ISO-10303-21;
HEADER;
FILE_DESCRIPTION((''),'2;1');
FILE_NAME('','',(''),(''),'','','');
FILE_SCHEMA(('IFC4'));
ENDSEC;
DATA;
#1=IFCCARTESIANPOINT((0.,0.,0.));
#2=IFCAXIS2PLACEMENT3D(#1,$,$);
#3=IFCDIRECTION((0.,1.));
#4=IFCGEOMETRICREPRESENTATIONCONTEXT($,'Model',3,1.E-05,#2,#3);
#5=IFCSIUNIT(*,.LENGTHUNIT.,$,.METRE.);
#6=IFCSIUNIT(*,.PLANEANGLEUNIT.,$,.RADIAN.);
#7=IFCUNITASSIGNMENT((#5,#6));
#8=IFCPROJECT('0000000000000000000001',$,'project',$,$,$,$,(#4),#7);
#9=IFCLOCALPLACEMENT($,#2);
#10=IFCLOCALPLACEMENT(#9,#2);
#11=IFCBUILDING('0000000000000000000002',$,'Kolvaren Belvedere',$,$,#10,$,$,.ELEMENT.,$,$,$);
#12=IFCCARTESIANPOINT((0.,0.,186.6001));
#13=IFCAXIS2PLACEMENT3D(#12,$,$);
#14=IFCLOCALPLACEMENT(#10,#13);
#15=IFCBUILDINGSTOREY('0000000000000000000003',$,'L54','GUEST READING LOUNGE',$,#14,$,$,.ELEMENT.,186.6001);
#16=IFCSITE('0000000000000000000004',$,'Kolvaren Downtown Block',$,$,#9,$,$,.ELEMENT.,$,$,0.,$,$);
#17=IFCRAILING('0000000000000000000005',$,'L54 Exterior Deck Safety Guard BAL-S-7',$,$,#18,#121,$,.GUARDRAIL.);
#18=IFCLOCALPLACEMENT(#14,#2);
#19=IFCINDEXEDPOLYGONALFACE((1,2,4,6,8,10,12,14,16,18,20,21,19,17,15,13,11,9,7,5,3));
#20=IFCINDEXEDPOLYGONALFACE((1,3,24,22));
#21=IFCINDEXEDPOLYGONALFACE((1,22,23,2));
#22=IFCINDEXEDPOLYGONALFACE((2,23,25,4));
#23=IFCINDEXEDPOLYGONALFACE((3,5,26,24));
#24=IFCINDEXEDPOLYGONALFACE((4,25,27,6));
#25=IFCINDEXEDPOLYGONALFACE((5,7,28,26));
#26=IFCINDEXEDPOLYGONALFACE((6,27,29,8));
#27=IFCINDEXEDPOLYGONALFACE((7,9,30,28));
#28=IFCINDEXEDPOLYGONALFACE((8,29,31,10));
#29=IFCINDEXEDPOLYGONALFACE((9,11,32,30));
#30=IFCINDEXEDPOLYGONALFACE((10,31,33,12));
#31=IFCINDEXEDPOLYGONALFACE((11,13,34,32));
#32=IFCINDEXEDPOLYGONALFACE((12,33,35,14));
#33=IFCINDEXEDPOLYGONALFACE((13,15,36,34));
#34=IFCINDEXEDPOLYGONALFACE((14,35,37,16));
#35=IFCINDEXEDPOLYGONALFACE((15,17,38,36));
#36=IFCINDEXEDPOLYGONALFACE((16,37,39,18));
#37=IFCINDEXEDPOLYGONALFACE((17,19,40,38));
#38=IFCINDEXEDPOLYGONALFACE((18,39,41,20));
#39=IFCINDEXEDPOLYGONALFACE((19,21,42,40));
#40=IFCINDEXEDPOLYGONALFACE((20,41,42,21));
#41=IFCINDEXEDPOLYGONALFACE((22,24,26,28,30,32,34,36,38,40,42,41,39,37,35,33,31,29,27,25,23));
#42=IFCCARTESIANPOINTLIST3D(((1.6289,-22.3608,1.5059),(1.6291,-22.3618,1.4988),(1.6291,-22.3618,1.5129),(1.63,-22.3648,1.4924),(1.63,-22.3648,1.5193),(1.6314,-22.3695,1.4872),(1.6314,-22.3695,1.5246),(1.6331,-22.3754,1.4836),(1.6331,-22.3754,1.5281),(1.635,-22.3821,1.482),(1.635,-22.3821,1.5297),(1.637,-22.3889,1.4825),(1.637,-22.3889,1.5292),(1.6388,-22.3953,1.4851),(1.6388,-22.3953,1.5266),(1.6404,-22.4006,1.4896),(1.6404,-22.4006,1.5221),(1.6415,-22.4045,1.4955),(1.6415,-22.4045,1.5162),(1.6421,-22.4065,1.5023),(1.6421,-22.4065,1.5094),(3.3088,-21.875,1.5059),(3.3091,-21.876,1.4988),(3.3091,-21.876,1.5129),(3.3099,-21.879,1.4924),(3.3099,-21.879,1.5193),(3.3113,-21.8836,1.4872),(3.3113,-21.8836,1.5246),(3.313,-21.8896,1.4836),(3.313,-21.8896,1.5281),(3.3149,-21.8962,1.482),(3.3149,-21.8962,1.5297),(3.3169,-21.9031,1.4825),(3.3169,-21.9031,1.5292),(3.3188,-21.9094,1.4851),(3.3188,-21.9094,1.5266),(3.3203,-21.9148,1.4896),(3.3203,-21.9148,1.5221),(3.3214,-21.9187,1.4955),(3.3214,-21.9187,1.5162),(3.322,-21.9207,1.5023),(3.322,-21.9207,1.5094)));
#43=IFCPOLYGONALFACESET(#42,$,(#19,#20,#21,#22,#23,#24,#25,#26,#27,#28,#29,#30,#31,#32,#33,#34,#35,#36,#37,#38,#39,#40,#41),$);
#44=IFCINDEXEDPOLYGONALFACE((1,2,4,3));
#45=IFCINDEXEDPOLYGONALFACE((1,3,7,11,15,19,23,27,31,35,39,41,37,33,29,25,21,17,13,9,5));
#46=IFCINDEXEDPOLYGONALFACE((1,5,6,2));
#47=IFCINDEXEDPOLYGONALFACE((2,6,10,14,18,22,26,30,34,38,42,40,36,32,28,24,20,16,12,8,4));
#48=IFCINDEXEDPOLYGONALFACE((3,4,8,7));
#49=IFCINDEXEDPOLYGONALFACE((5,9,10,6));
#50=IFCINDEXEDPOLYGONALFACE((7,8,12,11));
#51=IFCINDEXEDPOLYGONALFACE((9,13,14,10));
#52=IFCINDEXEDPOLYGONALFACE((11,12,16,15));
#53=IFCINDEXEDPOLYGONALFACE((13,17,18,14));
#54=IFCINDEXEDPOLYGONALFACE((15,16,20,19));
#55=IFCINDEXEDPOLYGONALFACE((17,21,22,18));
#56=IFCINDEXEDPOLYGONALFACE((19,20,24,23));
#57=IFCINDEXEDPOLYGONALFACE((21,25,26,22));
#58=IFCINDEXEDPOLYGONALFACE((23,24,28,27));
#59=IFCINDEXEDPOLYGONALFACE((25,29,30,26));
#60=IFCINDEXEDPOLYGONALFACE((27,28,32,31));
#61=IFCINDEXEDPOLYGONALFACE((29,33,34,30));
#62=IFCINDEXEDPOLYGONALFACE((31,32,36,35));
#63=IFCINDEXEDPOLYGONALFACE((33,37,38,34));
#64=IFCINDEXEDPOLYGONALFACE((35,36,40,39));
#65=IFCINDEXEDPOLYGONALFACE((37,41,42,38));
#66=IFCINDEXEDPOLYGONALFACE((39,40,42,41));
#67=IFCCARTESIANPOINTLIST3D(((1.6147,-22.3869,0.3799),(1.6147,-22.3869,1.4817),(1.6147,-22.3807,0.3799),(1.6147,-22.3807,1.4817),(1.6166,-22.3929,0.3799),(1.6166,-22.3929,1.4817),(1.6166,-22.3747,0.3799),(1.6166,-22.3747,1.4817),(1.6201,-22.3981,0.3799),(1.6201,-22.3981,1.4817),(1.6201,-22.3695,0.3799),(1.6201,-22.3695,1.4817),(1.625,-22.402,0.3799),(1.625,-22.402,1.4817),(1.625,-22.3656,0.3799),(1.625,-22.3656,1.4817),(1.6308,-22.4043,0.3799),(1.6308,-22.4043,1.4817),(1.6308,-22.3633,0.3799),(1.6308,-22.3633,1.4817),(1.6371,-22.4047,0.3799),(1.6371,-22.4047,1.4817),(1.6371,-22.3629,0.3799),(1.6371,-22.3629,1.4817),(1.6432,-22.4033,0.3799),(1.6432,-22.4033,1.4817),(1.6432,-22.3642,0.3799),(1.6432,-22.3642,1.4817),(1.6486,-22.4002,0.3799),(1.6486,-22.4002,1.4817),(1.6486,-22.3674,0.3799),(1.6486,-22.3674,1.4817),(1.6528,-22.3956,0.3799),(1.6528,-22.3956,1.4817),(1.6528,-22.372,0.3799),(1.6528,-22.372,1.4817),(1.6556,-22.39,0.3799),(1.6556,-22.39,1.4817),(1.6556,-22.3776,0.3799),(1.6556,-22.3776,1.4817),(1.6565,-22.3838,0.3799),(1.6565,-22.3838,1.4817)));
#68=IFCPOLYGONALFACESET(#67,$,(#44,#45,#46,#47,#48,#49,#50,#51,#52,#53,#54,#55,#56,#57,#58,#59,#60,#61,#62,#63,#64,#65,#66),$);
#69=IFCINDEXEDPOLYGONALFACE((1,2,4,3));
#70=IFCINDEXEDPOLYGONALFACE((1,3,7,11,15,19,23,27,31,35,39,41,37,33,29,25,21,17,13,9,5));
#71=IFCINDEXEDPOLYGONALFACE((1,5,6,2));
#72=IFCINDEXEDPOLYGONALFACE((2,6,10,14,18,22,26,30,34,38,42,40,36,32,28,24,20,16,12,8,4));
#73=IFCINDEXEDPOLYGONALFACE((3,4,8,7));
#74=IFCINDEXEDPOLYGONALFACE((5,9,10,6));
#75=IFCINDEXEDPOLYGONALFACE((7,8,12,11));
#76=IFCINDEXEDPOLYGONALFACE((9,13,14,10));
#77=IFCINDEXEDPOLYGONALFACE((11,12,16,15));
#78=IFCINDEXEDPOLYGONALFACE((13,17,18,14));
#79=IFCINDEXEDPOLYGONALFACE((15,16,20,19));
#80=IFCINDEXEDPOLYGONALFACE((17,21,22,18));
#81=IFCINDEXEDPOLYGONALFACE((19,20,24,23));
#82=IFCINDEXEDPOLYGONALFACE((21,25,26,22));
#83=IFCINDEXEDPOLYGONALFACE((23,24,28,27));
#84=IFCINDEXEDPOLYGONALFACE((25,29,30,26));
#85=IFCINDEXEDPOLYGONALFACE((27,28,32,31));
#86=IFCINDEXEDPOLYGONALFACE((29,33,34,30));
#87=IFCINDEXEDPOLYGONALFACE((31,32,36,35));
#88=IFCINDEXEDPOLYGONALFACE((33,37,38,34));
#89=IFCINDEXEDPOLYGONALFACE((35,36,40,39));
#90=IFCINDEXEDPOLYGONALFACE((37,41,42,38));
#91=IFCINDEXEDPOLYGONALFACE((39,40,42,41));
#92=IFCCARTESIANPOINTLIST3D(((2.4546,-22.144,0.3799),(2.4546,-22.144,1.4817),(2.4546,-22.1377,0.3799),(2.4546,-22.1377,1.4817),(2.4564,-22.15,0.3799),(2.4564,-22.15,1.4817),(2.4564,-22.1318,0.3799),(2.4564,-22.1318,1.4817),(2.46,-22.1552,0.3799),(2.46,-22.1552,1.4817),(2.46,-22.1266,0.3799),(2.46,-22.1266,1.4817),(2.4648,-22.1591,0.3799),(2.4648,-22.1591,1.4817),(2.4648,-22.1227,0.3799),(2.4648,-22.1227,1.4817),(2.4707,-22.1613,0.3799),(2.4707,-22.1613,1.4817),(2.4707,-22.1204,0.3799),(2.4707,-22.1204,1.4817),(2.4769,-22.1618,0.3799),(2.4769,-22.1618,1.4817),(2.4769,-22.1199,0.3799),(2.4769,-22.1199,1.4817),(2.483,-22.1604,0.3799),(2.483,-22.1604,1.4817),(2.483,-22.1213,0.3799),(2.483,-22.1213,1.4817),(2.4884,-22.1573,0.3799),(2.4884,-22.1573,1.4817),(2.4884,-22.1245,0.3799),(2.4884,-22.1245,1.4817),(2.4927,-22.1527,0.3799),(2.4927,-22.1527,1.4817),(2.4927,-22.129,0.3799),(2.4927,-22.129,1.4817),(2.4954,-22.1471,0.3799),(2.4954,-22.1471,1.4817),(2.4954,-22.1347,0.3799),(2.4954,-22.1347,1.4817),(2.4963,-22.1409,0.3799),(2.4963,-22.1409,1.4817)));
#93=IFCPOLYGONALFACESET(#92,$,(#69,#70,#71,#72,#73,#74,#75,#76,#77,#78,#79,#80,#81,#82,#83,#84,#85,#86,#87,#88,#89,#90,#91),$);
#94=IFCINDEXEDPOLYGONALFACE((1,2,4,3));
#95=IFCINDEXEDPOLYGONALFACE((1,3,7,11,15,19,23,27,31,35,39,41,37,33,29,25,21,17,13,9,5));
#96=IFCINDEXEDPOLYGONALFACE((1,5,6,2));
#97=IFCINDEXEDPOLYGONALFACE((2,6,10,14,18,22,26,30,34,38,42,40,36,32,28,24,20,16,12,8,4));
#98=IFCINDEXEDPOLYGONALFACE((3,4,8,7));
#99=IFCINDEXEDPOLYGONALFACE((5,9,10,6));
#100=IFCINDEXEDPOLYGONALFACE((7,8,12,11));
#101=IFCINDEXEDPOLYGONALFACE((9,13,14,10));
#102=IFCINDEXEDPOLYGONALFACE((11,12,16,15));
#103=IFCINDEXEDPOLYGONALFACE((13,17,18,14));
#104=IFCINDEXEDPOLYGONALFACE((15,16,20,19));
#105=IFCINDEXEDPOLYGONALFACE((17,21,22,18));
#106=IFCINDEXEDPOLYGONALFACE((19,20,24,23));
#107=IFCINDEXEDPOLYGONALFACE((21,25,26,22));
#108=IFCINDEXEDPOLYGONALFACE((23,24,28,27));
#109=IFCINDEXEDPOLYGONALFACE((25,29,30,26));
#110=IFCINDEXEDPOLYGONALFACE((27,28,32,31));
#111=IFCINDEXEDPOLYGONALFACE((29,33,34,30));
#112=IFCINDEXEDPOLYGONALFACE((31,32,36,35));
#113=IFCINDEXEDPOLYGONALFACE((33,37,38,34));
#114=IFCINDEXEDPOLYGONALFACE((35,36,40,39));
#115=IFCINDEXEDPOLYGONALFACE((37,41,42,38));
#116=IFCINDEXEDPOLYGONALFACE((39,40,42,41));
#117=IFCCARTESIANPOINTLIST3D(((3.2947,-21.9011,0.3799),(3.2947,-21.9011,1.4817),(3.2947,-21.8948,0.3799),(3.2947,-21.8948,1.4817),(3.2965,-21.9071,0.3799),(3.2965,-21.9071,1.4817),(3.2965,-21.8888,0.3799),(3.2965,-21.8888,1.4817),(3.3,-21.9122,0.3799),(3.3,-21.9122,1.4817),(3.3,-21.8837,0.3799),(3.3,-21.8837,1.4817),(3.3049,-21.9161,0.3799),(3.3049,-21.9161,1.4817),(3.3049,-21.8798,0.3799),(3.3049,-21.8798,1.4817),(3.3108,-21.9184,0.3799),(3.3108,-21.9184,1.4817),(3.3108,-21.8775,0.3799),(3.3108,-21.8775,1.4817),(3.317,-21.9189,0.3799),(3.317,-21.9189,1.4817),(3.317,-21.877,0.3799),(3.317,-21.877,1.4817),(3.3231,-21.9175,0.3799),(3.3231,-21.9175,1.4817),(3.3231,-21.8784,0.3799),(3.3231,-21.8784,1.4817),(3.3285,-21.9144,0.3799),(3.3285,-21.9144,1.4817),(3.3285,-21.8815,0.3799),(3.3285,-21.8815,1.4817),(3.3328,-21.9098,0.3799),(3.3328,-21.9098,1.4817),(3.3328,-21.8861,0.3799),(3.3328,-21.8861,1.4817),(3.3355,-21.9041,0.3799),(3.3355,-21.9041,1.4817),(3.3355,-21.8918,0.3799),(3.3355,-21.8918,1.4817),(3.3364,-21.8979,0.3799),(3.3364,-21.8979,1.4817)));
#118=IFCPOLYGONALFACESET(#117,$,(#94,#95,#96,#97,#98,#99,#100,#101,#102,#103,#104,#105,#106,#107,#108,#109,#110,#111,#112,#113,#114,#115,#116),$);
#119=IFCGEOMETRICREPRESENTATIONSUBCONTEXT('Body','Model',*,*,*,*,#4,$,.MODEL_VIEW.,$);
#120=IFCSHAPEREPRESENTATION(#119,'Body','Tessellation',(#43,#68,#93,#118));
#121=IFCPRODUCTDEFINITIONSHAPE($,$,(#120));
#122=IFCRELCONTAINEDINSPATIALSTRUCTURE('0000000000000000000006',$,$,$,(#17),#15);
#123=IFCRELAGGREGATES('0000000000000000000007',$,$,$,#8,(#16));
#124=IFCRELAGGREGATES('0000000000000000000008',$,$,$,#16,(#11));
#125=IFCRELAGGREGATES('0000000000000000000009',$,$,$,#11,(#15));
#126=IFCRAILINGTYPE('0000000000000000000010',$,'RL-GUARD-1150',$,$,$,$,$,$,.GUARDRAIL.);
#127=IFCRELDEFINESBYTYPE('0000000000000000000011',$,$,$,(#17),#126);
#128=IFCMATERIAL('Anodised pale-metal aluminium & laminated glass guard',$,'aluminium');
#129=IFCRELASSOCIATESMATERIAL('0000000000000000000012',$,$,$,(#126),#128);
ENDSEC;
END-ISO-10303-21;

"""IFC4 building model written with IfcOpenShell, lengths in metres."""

from ifc_helpers import new_model, si_unit, direction, frame, origin, origin_2d, place, context, subcontext, project, spatial, circle, extrude, material, type_object, element, save


model = new_model("IFC4")

# Units and contexts
model_context = context("Model", 3, precision=1e-05, world=origin(), true_north=direction((0.0, 1.0)))
body_context = subcontext(model_context, "Body", "Model", "MODEL_VIEW")
ifc_project = project(units=[si_unit("LENGTHUNIT", "METRE"), si_unit("PLANEANGLEUNIT", "RADIAN")], contexts=[model_context])

# Site, building, storey
site_placement = place(None, origin())
site = spatial("IfcSite", under=ifc_project, at=site_placement, Name="Kolvaren Downtown Block", CompositionType="ELEMENT", RefElevation=0.0)
building_placement = place(site_placement, origin())
building = spatial("IfcBuilding", under=site, at=building_placement, Name="Kolvaren Belvedere", CompositionType="ELEMENT")
storey_placement = place(building_placement, frame((0.0, 0.0, 186.6001)))
storey = spatial("IfcBuildingStorey", under=building, at=storey_placement, Name="L54", Description="GUEST READING LOUNGE", CompositionType="ELEMENT", Elevation=186.6001)

# Railing
ifc_material_1 = material(Name="Anodised pale-metal aluminium & laminated glass guard", Category="aluminium")
railing_type = type_object("IfcRailingType", Name="RL-GUARD-1150", PredefinedType="GUARDRAIL", material=ifc_material_1)
railing_1_placement = place(storey_placement, frame((1.6355, -22.3838, 0.3799)))
element("IfcRailing", 1, at=railing_1_placement, inside=storey, type_object=railing_type, Name="L54 Exterior Deck Safety Guard BAL-S-7", PredefinedType="GUARDRAIL", context=body_context, shape_type="SweptSolid", body=[
    extrude(circle(Radius=0.0239, at=origin_2d()), frame((0.0, 0.0, 1.126), z_axis=(0.960634, 0.277817, 0.0), x_axis=(-0.277817, 0.960634, 0.0)), (0.0, 0.0, 1.0), 1.7488),
    extrude(circle(Radius=0.021, at=origin_2d()), origin(), (0.0, 0.0, 1.0), 1.1018),
    extrude(circle(Radius=0.021, at=origin_2d()), frame((0.8398, 0.2429, 0.0)), (0.0, 0.0, 1.0), 1.1018),
    extrude(circle(Radius=0.021, at=origin_2d()), frame((1.6799, 0.4858, 0.0)), (0.0, 0.0, 1.0), 1.1018),
])

save(model, "model.ifc")
